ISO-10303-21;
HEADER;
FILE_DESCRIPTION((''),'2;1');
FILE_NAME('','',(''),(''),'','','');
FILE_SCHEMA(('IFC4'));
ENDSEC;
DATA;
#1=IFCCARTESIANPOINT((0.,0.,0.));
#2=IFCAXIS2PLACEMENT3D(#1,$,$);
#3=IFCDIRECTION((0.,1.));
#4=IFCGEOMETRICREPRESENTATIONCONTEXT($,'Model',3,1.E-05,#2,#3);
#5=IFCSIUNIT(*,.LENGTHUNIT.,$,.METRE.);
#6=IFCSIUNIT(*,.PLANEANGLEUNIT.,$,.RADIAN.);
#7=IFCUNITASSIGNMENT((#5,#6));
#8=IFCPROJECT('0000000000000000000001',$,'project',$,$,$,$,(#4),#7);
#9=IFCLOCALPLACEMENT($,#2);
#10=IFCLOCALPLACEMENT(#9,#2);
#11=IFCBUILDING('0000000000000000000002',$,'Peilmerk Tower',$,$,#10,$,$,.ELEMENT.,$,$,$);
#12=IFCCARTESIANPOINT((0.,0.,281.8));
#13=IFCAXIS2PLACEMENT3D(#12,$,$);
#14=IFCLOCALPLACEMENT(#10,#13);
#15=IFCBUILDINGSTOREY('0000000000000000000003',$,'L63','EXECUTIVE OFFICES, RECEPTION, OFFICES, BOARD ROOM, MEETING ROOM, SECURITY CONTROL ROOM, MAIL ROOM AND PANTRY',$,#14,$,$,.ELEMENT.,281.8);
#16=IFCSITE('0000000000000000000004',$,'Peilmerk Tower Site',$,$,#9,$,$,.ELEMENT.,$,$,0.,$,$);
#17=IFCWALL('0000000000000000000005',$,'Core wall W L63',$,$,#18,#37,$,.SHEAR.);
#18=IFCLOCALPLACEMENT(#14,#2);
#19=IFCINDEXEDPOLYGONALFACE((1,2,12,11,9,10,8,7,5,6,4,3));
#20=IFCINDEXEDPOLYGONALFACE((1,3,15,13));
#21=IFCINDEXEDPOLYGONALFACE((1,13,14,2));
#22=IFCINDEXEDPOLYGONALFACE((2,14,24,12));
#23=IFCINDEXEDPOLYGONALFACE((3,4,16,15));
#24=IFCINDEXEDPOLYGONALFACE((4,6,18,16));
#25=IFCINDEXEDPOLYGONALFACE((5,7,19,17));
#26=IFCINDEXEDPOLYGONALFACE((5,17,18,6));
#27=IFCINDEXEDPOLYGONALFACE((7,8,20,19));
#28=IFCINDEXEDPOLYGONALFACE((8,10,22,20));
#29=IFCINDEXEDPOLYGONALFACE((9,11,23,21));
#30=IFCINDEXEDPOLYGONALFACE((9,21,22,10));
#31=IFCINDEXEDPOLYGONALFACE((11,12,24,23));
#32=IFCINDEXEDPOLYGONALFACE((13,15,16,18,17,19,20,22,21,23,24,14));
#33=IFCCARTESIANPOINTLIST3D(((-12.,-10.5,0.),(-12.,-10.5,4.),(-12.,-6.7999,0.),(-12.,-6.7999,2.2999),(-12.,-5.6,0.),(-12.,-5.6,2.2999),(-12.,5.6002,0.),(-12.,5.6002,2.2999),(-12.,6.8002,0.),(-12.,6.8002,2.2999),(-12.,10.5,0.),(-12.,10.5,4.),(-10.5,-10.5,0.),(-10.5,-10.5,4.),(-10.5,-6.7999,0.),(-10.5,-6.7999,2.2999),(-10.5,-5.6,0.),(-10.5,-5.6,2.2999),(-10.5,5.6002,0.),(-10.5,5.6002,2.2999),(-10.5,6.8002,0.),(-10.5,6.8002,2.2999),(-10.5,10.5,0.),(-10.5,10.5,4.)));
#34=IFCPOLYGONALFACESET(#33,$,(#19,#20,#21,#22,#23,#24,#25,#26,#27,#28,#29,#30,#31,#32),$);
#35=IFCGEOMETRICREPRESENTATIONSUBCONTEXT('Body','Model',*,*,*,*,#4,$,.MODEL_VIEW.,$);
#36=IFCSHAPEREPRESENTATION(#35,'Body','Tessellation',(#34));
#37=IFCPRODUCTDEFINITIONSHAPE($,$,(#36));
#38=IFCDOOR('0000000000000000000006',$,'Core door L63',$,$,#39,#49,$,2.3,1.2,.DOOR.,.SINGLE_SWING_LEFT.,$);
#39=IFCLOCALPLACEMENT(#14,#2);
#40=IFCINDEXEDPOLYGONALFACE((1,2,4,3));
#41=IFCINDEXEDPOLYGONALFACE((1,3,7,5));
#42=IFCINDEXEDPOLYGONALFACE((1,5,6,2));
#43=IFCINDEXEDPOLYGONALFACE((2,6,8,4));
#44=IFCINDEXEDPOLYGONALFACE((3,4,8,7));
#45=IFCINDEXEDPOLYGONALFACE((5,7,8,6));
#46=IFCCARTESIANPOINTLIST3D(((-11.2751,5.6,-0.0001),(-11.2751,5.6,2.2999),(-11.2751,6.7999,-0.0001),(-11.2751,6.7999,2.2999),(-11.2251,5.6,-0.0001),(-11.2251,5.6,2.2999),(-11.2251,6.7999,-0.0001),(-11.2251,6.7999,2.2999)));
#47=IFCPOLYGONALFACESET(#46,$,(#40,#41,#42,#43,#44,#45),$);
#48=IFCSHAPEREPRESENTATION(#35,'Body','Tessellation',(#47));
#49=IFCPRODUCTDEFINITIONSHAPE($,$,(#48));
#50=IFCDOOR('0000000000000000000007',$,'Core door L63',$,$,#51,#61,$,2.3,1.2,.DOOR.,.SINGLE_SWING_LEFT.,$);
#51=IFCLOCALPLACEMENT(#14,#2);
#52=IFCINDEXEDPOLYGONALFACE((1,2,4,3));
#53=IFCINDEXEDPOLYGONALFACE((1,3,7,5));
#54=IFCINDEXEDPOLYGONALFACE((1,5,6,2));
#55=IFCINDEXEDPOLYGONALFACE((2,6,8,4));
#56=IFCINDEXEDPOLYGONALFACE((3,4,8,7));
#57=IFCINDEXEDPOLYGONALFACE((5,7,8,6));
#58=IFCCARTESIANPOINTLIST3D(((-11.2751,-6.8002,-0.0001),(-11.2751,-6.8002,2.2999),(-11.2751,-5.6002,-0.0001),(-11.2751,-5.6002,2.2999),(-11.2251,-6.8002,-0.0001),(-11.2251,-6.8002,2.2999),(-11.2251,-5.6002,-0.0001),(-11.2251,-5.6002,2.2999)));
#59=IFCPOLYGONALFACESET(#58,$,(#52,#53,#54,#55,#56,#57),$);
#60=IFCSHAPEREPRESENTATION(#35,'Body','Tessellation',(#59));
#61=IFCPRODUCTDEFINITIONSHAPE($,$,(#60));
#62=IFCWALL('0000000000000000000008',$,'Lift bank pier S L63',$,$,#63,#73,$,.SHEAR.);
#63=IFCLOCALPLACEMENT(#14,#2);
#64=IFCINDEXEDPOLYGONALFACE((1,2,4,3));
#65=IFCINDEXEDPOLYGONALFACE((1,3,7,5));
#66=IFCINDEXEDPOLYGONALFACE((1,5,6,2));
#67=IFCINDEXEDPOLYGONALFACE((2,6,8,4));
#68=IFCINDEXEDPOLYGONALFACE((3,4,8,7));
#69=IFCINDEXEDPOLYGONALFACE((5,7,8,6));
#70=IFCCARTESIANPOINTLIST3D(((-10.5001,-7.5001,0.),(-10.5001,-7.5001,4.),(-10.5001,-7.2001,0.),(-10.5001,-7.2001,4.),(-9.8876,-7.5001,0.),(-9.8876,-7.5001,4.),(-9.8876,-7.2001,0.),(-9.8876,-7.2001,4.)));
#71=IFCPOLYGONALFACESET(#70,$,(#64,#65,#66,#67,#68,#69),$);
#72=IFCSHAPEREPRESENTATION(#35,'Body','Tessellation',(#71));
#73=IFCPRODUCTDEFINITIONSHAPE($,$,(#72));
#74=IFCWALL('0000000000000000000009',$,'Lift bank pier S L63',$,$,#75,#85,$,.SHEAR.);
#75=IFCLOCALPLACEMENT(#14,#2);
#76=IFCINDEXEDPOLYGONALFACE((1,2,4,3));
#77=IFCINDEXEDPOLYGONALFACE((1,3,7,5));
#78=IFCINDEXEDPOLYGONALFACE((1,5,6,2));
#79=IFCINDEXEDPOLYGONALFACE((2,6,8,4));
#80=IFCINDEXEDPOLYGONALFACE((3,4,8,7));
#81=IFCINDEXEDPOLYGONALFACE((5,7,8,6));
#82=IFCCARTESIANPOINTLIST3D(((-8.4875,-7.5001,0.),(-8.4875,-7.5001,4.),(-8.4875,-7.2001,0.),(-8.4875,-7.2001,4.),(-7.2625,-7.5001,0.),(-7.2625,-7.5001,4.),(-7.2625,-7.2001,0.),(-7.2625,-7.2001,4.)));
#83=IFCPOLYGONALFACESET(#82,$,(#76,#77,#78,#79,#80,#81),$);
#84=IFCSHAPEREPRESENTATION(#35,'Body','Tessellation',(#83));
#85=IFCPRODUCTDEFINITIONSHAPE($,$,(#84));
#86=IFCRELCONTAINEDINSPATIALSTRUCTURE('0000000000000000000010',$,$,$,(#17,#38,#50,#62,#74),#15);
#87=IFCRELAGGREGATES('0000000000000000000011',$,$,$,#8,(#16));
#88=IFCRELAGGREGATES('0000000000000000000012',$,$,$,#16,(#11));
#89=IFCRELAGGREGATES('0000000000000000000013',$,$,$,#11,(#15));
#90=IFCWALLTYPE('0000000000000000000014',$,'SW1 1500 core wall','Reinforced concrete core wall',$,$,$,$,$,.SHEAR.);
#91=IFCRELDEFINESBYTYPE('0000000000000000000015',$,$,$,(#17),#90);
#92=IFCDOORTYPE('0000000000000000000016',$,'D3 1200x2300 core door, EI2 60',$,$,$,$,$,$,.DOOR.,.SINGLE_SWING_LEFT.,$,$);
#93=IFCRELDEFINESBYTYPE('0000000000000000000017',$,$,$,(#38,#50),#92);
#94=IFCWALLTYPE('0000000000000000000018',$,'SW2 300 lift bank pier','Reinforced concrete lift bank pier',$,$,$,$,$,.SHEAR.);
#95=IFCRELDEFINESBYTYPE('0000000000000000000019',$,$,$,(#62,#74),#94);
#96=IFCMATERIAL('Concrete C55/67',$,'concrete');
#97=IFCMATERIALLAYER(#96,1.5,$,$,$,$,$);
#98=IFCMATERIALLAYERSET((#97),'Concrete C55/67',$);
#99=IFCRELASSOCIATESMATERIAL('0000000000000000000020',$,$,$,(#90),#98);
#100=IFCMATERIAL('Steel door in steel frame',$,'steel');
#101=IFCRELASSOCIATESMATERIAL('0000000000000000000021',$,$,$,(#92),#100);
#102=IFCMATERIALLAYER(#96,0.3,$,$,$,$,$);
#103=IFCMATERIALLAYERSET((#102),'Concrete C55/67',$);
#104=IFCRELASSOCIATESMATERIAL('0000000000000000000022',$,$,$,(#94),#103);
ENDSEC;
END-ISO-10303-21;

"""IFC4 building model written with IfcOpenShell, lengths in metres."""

from ifc_helpers import new_model, si_unit, direction, frame, frame_2d, origin, place, context, subcontext, project, spatial, rectangle, extrude, material, layer, layer_set, type_object, element, fill, save


model = new_model("IFC4")

# Units and contexts
model_context = context("Model", 3, precision=1e-05, world=origin(), true_north=direction((0.0, 1.0)))
body_context = subcontext(model_context, "Body", "Model", "MODEL_VIEW")
ifc_project = project(units=[si_unit("LENGTHUNIT", "METRE"), si_unit("PLANEANGLEUNIT", "RADIAN")], contexts=[model_context])

# Site, building, storey
site_placement = place(None, origin())
site = spatial("IfcSite", under=ifc_project, at=site_placement, Name="Peilmerk Tower Site", CompositionType="ELEMENT", RefElevation=0.0)
building_placement = place(site_placement, origin())
building = spatial("IfcBuilding", under=site, at=building_placement, Name="Peilmerk Tower", CompositionType="ELEMENT")
storey_placement = place(building_placement, frame((0.0, 0.0, 281.8)))
storey = spatial("IfcBuildingStorey", under=building, at=storey_placement, Name="L63", Description="EXECUTIVE OFFICES, RECEPTION, OFFICES, BOARD ROOM, MEETING ROOM, SECURITY CONTROL ROOM, MAIL ROOM AND PANTRY", CompositionType="ELEMENT", Elevation=281.8)

# Wall, openings, doors
ifc_material_1 = material(Name="Concrete C55/67", Category="concrete")
ifc_layer_1 = layer(ifc_material_1, 1.5)
ifc_layer_set_1 = layer_set([ifc_layer_1], Name="Concrete C55/67")
wall_type_1 = type_object("IfcWallType", Name="SW1 1500 core wall", Description="Reinforced concrete core wall", PredefinedType="SHEAR", material=ifc_layer_set_1)
wall_1_placement = place(storey_placement, frame((-11.25, -10.5, 0.0), z_axis=(0.0, 0.0, 1.0), x_axis=(0.0, 1.0, 0.0)))
wall_1 = element("IfcWall", 1, at=wall_1_placement, inside=storey, type_object=wall_type_1, Name="Core wall W L63", PredefinedType="SHEAR", context=body_context, shape_type="SweptSolid", body=[
    extrude(rectangle(XDim=21.0, YDim=1.5, at=frame_2d((10.5, 0.0))), origin(), (0.0, 0.0, 1.0), 4.0),
])
opening_1_placement = place(wall_1_placement, frame((16.1001, 0.0, 0.0)))
opening_1 = element("IfcOpeningElement", 2, at=opening_1_placement, cuts=wall_1, PredefinedType="OPENING", context=body_context, shape_type="SweptSolid", body=[
    extrude(rectangle(XDim=1.2, YDim=2.3, at=frame_2d((0.6001, 1.1499))), frame((0.0, 0.76, 0.0), z_axis=(0.0, -1.0, 0.0), x_axis=(1.0, 0.0, 0.0)), (0.0, 0.0, 1.0), 1.52),
])
opening_2_placement = place(wall_1_placement, frame((3.7, 0.0, 0.0)))
opening_2 = element("IfcOpeningElement", 3, at=opening_2_placement, cuts=wall_1, PredefinedType="OPENING", context=body_context, shape_type="SweptSolid", body=[
    extrude(rectangle(XDim=1.2, YDim=2.3, at=frame_2d((0.6001, 1.1499))), frame((0.0, 0.76, 0.0), z_axis=(0.0, -1.0, 0.0), x_axis=(1.0, 0.0, 0.0)), (0.0, 0.0, 1.0), 1.52),
])
ifc_material_2 = material(Name="Steel door in steel frame", Category="steel")
door_type_1 = type_object("IfcDoorType", Name="D3 1200x2300 core door, EI2 60", OperationType="SINGLE_SWING_LEFT", PredefinedType="DOOR", material=ifc_material_2)
door_1_placement = place(opening_1_placement, frame((1.2, 0.0, 0.0), z_axis=(0.0, 0.0, 1.0), x_axis=(-1.0, 0.0, 0.0)))
door_1 = element("IfcDoor", 4, at=door_1_placement, inside=storey, type_object=door_type_1, Name="Core door L63", OperationType="SINGLE_SWING_LEFT", OverallHeight=2.3, OverallWidth=1.2, PredefinedType="DOOR", context=body_context, shape_type="SweptSolid", body=[
    extrude(rectangle(XDim=1.2, YDim=2.3, at=frame_2d((0.6001, 1.1499))), frame((0.0, 0.0249, 0.0), z_axis=(0.0, -1.0, 0.0), x_axis=(1.0, 0.0, 0.0)), (0.0, 0.0, 1.0), 0.05),
])
fill(opening_1, door_1)
door_2_placement = place(opening_2_placement, frame((1.2, 0.0, 0.0), z_axis=(0.0, 0.0, 1.0), x_axis=(-1.0, 0.0, 0.0)))
door_2 = element("IfcDoor", 5, at=door_2_placement, inside=storey, type_object=door_type_1, Name="Core door L63", OperationType="SINGLE_SWING_LEFT", OverallHeight=2.3, OverallWidth=1.2, PredefinedType="DOOR", context=body_context, shape_type="SweptSolid", body=[
    extrude(rectangle(XDim=1.2, YDim=2.3, at=frame_2d((0.6001, 1.1499))), frame((0.0, 0.0249, 0.0), z_axis=(0.0, -1.0, 0.0), x_axis=(1.0, 0.0, 0.0)), (0.0, 0.0, 1.0), 0.05),
])
fill(opening_2, door_2)

# Walls
ifc_layer_2 = layer(ifc_material_1, 0.3)
ifc_layer_set_2 = layer_set([ifc_layer_2], Name="Concrete C55/67")
wall_type_2 = type_object("IfcWallType", Name="SW2 300 lift bank pier", Description="Reinforced concrete lift bank pier", PredefinedType="SHEAR", material=ifc_layer_set_2)
wall_2_placement = place(storey_placement, frame((-10.5, -7.3501, 0.0), z_axis=(0.0, 0.0, 1.0), x_axis=(1.0, 0.0, 0.0)))
element("IfcWall", 6, at=wall_2_placement, inside=storey, type_object=wall_type_2, Name="Lift bank pier S L63", PredefinedType="SHEAR", context=body_context, shape_type="SweptSolid", body=[
    extrude(rectangle(XDim=0.6125, YDim=0.3, at=frame_2d((0.3062, 0.0))), origin(), (0.0, 0.0, 1.0), 4.0),
])
wall_3_placement = place(storey_placement, frame((-8.4875, -7.3501, 0.0), z_axis=(0.0, 0.0, 1.0), x_axis=(1.0, 0.0, 0.0)))
element("IfcWall", 7, at=wall_3_placement, inside=storey, type_object=wall_type_2, Name="Lift bank pier S L63", PredefinedType="SHEAR", context=body_context, shape_type="SweptSolid", body=[
    extrude(rectangle(XDim=1.2251, YDim=0.3, at=frame_2d((0.6125, 0.0))), origin(), (0.0, 0.0, 1.0), 4.0),
])

save(model, "model.ifc")
